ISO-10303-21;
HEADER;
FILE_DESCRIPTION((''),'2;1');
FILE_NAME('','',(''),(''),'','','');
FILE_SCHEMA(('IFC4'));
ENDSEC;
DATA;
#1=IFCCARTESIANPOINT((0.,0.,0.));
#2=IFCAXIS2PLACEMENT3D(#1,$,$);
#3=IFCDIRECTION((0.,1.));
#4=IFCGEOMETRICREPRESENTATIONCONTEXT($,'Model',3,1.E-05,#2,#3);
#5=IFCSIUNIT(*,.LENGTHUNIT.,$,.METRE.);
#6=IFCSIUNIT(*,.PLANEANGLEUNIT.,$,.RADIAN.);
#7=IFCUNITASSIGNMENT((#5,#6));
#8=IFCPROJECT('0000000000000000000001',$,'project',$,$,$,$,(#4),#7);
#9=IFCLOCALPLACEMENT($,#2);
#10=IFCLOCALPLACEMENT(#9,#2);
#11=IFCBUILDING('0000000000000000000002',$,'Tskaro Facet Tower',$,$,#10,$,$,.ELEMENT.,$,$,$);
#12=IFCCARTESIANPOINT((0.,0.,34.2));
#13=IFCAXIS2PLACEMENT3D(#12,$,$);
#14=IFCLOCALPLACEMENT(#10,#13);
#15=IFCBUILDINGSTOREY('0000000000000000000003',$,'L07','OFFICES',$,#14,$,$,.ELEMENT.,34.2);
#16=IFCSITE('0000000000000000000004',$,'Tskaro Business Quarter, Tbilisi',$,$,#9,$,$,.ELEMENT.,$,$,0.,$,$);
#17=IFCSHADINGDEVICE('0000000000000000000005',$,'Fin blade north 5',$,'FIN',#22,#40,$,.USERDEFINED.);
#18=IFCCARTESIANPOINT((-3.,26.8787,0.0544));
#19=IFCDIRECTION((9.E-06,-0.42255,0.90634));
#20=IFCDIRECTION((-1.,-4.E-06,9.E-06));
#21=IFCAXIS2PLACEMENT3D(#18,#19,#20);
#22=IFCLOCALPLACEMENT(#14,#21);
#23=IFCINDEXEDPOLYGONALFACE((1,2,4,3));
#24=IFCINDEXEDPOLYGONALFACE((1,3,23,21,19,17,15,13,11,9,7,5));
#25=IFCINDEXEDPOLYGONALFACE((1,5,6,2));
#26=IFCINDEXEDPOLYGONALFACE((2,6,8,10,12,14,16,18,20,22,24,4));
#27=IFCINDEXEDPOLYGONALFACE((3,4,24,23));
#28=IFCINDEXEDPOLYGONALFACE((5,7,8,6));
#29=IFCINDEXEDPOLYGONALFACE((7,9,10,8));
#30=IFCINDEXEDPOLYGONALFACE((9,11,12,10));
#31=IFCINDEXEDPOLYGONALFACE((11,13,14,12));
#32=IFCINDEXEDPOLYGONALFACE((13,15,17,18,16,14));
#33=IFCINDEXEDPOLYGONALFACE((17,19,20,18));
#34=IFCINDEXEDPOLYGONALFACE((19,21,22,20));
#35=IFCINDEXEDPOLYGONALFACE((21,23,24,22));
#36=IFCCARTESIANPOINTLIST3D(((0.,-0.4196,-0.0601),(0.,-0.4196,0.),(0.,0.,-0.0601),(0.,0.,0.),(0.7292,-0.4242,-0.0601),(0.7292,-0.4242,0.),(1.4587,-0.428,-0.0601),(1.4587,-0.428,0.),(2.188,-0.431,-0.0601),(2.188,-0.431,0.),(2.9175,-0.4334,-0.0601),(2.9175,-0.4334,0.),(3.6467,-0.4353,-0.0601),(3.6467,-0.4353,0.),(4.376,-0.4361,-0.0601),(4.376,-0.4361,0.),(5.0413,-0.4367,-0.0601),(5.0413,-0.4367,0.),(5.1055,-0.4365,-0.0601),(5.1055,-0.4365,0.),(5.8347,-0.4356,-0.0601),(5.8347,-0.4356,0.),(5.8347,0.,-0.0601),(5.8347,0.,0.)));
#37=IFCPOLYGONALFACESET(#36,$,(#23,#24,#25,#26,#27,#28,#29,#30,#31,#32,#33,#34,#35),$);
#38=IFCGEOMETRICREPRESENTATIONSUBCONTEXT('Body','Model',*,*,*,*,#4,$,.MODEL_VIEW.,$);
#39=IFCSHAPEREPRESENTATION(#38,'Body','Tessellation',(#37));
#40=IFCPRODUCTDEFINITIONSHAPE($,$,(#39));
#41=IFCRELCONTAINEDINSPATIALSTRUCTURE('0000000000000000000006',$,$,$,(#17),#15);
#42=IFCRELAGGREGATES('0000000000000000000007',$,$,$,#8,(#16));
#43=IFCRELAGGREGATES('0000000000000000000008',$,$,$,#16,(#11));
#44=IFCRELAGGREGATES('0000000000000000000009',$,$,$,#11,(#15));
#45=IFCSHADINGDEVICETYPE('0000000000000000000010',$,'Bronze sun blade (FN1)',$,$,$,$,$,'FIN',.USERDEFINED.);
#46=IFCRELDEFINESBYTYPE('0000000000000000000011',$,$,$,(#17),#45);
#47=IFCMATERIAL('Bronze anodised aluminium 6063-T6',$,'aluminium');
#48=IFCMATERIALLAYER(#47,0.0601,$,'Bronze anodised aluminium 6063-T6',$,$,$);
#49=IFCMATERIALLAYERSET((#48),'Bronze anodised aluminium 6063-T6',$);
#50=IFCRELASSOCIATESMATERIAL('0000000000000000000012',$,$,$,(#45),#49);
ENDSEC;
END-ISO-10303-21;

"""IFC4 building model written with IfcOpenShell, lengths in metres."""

from ifc_helpers import new_model, si_unit, direction, frame, origin, place, context, subcontext, project, spatial, polyline, outline, extrude, material, layer, layer_set, type_object, element, save


model = new_model("IFC4")

# Units and contexts
model_context = context("Model", 3, precision=1e-05, world=origin(), true_north=direction((0.0, 1.0)))
body_context = subcontext(model_context, "Body", "Model", "MODEL_VIEW")
ifc_project = project(units=[si_unit("LENGTHUNIT", "METRE"), si_unit("PLANEANGLEUNIT", "RADIAN")], contexts=[model_context])

# Site, building, storey
site_placement = place(None, origin())
site = spatial("IfcSite", under=ifc_project, at=site_placement, Name="Tskaro Business Quarter, Tbilisi", CompositionType="ELEMENT", RefElevation=0.0)
building_placement = place(site_placement, origin())
building = spatial("IfcBuilding", under=site, at=building_placement, Name="Tskaro Facet Tower", CompositionType="ELEMENT")
storey_placement = place(building_placement, frame((0.0, 0.0, 34.2)))
storey = spatial("IfcBuildingStorey", under=building, at=storey_placement, Name="L07", Description="OFFICES", CompositionType="ELEMENT", Elevation=34.2)

# Shared definitions
ifc_material_1 = material(Name="Bronze anodised aluminium 6063-T6", Category="aluminium")

# Shading device
ifc_layer_1 = layer(ifc_material_1, 0.0601, Name="Bronze anodised aluminium 6063-T6")
ifc_layer_set_1 = layer_set([ifc_layer_1], Name="Bronze anodised aluminium 6063-T6")
shading_device_type = type_object("IfcShadingDeviceType", Name="Bronze sun blade (FN1)", ElementType="FIN", PredefinedType="USERDEFINED", material=ifc_layer_set_1)
shading_device_1_placement = place(storey_placement, frame((-3.0, 26.8787, 0.0544), z_axis=(0.000009, -0.42255, 0.90634), x_axis=(-1.0, -0.000004, 0.000009)))
element("IfcShadingDevice", 1, at=shading_device_1_placement, inside=storey, type_object=shading_device_type, Name="Fin blade north 5", ObjectType="FIN", PredefinedType="USERDEFINED", context=body_context, shape_type="SweptSolid", body=[
    extrude(outline(polyline([(0.0, 0.0), (5.8347, 0.0), (5.8347, -0.4356), (5.1055, -0.4365), (5.0413, -0.4367), (4.376, -0.4361), (3.6467, -0.4353), (2.9175, -0.4334), (2.188, -0.431), (1.4587, -0.428), (0.7292, -0.4242), (0.0, -0.4196), (0.0, 0.0)])), origin(), (0.0, 0.0, -1.0), 0.0601),
])

save(model, "model.ifc")
